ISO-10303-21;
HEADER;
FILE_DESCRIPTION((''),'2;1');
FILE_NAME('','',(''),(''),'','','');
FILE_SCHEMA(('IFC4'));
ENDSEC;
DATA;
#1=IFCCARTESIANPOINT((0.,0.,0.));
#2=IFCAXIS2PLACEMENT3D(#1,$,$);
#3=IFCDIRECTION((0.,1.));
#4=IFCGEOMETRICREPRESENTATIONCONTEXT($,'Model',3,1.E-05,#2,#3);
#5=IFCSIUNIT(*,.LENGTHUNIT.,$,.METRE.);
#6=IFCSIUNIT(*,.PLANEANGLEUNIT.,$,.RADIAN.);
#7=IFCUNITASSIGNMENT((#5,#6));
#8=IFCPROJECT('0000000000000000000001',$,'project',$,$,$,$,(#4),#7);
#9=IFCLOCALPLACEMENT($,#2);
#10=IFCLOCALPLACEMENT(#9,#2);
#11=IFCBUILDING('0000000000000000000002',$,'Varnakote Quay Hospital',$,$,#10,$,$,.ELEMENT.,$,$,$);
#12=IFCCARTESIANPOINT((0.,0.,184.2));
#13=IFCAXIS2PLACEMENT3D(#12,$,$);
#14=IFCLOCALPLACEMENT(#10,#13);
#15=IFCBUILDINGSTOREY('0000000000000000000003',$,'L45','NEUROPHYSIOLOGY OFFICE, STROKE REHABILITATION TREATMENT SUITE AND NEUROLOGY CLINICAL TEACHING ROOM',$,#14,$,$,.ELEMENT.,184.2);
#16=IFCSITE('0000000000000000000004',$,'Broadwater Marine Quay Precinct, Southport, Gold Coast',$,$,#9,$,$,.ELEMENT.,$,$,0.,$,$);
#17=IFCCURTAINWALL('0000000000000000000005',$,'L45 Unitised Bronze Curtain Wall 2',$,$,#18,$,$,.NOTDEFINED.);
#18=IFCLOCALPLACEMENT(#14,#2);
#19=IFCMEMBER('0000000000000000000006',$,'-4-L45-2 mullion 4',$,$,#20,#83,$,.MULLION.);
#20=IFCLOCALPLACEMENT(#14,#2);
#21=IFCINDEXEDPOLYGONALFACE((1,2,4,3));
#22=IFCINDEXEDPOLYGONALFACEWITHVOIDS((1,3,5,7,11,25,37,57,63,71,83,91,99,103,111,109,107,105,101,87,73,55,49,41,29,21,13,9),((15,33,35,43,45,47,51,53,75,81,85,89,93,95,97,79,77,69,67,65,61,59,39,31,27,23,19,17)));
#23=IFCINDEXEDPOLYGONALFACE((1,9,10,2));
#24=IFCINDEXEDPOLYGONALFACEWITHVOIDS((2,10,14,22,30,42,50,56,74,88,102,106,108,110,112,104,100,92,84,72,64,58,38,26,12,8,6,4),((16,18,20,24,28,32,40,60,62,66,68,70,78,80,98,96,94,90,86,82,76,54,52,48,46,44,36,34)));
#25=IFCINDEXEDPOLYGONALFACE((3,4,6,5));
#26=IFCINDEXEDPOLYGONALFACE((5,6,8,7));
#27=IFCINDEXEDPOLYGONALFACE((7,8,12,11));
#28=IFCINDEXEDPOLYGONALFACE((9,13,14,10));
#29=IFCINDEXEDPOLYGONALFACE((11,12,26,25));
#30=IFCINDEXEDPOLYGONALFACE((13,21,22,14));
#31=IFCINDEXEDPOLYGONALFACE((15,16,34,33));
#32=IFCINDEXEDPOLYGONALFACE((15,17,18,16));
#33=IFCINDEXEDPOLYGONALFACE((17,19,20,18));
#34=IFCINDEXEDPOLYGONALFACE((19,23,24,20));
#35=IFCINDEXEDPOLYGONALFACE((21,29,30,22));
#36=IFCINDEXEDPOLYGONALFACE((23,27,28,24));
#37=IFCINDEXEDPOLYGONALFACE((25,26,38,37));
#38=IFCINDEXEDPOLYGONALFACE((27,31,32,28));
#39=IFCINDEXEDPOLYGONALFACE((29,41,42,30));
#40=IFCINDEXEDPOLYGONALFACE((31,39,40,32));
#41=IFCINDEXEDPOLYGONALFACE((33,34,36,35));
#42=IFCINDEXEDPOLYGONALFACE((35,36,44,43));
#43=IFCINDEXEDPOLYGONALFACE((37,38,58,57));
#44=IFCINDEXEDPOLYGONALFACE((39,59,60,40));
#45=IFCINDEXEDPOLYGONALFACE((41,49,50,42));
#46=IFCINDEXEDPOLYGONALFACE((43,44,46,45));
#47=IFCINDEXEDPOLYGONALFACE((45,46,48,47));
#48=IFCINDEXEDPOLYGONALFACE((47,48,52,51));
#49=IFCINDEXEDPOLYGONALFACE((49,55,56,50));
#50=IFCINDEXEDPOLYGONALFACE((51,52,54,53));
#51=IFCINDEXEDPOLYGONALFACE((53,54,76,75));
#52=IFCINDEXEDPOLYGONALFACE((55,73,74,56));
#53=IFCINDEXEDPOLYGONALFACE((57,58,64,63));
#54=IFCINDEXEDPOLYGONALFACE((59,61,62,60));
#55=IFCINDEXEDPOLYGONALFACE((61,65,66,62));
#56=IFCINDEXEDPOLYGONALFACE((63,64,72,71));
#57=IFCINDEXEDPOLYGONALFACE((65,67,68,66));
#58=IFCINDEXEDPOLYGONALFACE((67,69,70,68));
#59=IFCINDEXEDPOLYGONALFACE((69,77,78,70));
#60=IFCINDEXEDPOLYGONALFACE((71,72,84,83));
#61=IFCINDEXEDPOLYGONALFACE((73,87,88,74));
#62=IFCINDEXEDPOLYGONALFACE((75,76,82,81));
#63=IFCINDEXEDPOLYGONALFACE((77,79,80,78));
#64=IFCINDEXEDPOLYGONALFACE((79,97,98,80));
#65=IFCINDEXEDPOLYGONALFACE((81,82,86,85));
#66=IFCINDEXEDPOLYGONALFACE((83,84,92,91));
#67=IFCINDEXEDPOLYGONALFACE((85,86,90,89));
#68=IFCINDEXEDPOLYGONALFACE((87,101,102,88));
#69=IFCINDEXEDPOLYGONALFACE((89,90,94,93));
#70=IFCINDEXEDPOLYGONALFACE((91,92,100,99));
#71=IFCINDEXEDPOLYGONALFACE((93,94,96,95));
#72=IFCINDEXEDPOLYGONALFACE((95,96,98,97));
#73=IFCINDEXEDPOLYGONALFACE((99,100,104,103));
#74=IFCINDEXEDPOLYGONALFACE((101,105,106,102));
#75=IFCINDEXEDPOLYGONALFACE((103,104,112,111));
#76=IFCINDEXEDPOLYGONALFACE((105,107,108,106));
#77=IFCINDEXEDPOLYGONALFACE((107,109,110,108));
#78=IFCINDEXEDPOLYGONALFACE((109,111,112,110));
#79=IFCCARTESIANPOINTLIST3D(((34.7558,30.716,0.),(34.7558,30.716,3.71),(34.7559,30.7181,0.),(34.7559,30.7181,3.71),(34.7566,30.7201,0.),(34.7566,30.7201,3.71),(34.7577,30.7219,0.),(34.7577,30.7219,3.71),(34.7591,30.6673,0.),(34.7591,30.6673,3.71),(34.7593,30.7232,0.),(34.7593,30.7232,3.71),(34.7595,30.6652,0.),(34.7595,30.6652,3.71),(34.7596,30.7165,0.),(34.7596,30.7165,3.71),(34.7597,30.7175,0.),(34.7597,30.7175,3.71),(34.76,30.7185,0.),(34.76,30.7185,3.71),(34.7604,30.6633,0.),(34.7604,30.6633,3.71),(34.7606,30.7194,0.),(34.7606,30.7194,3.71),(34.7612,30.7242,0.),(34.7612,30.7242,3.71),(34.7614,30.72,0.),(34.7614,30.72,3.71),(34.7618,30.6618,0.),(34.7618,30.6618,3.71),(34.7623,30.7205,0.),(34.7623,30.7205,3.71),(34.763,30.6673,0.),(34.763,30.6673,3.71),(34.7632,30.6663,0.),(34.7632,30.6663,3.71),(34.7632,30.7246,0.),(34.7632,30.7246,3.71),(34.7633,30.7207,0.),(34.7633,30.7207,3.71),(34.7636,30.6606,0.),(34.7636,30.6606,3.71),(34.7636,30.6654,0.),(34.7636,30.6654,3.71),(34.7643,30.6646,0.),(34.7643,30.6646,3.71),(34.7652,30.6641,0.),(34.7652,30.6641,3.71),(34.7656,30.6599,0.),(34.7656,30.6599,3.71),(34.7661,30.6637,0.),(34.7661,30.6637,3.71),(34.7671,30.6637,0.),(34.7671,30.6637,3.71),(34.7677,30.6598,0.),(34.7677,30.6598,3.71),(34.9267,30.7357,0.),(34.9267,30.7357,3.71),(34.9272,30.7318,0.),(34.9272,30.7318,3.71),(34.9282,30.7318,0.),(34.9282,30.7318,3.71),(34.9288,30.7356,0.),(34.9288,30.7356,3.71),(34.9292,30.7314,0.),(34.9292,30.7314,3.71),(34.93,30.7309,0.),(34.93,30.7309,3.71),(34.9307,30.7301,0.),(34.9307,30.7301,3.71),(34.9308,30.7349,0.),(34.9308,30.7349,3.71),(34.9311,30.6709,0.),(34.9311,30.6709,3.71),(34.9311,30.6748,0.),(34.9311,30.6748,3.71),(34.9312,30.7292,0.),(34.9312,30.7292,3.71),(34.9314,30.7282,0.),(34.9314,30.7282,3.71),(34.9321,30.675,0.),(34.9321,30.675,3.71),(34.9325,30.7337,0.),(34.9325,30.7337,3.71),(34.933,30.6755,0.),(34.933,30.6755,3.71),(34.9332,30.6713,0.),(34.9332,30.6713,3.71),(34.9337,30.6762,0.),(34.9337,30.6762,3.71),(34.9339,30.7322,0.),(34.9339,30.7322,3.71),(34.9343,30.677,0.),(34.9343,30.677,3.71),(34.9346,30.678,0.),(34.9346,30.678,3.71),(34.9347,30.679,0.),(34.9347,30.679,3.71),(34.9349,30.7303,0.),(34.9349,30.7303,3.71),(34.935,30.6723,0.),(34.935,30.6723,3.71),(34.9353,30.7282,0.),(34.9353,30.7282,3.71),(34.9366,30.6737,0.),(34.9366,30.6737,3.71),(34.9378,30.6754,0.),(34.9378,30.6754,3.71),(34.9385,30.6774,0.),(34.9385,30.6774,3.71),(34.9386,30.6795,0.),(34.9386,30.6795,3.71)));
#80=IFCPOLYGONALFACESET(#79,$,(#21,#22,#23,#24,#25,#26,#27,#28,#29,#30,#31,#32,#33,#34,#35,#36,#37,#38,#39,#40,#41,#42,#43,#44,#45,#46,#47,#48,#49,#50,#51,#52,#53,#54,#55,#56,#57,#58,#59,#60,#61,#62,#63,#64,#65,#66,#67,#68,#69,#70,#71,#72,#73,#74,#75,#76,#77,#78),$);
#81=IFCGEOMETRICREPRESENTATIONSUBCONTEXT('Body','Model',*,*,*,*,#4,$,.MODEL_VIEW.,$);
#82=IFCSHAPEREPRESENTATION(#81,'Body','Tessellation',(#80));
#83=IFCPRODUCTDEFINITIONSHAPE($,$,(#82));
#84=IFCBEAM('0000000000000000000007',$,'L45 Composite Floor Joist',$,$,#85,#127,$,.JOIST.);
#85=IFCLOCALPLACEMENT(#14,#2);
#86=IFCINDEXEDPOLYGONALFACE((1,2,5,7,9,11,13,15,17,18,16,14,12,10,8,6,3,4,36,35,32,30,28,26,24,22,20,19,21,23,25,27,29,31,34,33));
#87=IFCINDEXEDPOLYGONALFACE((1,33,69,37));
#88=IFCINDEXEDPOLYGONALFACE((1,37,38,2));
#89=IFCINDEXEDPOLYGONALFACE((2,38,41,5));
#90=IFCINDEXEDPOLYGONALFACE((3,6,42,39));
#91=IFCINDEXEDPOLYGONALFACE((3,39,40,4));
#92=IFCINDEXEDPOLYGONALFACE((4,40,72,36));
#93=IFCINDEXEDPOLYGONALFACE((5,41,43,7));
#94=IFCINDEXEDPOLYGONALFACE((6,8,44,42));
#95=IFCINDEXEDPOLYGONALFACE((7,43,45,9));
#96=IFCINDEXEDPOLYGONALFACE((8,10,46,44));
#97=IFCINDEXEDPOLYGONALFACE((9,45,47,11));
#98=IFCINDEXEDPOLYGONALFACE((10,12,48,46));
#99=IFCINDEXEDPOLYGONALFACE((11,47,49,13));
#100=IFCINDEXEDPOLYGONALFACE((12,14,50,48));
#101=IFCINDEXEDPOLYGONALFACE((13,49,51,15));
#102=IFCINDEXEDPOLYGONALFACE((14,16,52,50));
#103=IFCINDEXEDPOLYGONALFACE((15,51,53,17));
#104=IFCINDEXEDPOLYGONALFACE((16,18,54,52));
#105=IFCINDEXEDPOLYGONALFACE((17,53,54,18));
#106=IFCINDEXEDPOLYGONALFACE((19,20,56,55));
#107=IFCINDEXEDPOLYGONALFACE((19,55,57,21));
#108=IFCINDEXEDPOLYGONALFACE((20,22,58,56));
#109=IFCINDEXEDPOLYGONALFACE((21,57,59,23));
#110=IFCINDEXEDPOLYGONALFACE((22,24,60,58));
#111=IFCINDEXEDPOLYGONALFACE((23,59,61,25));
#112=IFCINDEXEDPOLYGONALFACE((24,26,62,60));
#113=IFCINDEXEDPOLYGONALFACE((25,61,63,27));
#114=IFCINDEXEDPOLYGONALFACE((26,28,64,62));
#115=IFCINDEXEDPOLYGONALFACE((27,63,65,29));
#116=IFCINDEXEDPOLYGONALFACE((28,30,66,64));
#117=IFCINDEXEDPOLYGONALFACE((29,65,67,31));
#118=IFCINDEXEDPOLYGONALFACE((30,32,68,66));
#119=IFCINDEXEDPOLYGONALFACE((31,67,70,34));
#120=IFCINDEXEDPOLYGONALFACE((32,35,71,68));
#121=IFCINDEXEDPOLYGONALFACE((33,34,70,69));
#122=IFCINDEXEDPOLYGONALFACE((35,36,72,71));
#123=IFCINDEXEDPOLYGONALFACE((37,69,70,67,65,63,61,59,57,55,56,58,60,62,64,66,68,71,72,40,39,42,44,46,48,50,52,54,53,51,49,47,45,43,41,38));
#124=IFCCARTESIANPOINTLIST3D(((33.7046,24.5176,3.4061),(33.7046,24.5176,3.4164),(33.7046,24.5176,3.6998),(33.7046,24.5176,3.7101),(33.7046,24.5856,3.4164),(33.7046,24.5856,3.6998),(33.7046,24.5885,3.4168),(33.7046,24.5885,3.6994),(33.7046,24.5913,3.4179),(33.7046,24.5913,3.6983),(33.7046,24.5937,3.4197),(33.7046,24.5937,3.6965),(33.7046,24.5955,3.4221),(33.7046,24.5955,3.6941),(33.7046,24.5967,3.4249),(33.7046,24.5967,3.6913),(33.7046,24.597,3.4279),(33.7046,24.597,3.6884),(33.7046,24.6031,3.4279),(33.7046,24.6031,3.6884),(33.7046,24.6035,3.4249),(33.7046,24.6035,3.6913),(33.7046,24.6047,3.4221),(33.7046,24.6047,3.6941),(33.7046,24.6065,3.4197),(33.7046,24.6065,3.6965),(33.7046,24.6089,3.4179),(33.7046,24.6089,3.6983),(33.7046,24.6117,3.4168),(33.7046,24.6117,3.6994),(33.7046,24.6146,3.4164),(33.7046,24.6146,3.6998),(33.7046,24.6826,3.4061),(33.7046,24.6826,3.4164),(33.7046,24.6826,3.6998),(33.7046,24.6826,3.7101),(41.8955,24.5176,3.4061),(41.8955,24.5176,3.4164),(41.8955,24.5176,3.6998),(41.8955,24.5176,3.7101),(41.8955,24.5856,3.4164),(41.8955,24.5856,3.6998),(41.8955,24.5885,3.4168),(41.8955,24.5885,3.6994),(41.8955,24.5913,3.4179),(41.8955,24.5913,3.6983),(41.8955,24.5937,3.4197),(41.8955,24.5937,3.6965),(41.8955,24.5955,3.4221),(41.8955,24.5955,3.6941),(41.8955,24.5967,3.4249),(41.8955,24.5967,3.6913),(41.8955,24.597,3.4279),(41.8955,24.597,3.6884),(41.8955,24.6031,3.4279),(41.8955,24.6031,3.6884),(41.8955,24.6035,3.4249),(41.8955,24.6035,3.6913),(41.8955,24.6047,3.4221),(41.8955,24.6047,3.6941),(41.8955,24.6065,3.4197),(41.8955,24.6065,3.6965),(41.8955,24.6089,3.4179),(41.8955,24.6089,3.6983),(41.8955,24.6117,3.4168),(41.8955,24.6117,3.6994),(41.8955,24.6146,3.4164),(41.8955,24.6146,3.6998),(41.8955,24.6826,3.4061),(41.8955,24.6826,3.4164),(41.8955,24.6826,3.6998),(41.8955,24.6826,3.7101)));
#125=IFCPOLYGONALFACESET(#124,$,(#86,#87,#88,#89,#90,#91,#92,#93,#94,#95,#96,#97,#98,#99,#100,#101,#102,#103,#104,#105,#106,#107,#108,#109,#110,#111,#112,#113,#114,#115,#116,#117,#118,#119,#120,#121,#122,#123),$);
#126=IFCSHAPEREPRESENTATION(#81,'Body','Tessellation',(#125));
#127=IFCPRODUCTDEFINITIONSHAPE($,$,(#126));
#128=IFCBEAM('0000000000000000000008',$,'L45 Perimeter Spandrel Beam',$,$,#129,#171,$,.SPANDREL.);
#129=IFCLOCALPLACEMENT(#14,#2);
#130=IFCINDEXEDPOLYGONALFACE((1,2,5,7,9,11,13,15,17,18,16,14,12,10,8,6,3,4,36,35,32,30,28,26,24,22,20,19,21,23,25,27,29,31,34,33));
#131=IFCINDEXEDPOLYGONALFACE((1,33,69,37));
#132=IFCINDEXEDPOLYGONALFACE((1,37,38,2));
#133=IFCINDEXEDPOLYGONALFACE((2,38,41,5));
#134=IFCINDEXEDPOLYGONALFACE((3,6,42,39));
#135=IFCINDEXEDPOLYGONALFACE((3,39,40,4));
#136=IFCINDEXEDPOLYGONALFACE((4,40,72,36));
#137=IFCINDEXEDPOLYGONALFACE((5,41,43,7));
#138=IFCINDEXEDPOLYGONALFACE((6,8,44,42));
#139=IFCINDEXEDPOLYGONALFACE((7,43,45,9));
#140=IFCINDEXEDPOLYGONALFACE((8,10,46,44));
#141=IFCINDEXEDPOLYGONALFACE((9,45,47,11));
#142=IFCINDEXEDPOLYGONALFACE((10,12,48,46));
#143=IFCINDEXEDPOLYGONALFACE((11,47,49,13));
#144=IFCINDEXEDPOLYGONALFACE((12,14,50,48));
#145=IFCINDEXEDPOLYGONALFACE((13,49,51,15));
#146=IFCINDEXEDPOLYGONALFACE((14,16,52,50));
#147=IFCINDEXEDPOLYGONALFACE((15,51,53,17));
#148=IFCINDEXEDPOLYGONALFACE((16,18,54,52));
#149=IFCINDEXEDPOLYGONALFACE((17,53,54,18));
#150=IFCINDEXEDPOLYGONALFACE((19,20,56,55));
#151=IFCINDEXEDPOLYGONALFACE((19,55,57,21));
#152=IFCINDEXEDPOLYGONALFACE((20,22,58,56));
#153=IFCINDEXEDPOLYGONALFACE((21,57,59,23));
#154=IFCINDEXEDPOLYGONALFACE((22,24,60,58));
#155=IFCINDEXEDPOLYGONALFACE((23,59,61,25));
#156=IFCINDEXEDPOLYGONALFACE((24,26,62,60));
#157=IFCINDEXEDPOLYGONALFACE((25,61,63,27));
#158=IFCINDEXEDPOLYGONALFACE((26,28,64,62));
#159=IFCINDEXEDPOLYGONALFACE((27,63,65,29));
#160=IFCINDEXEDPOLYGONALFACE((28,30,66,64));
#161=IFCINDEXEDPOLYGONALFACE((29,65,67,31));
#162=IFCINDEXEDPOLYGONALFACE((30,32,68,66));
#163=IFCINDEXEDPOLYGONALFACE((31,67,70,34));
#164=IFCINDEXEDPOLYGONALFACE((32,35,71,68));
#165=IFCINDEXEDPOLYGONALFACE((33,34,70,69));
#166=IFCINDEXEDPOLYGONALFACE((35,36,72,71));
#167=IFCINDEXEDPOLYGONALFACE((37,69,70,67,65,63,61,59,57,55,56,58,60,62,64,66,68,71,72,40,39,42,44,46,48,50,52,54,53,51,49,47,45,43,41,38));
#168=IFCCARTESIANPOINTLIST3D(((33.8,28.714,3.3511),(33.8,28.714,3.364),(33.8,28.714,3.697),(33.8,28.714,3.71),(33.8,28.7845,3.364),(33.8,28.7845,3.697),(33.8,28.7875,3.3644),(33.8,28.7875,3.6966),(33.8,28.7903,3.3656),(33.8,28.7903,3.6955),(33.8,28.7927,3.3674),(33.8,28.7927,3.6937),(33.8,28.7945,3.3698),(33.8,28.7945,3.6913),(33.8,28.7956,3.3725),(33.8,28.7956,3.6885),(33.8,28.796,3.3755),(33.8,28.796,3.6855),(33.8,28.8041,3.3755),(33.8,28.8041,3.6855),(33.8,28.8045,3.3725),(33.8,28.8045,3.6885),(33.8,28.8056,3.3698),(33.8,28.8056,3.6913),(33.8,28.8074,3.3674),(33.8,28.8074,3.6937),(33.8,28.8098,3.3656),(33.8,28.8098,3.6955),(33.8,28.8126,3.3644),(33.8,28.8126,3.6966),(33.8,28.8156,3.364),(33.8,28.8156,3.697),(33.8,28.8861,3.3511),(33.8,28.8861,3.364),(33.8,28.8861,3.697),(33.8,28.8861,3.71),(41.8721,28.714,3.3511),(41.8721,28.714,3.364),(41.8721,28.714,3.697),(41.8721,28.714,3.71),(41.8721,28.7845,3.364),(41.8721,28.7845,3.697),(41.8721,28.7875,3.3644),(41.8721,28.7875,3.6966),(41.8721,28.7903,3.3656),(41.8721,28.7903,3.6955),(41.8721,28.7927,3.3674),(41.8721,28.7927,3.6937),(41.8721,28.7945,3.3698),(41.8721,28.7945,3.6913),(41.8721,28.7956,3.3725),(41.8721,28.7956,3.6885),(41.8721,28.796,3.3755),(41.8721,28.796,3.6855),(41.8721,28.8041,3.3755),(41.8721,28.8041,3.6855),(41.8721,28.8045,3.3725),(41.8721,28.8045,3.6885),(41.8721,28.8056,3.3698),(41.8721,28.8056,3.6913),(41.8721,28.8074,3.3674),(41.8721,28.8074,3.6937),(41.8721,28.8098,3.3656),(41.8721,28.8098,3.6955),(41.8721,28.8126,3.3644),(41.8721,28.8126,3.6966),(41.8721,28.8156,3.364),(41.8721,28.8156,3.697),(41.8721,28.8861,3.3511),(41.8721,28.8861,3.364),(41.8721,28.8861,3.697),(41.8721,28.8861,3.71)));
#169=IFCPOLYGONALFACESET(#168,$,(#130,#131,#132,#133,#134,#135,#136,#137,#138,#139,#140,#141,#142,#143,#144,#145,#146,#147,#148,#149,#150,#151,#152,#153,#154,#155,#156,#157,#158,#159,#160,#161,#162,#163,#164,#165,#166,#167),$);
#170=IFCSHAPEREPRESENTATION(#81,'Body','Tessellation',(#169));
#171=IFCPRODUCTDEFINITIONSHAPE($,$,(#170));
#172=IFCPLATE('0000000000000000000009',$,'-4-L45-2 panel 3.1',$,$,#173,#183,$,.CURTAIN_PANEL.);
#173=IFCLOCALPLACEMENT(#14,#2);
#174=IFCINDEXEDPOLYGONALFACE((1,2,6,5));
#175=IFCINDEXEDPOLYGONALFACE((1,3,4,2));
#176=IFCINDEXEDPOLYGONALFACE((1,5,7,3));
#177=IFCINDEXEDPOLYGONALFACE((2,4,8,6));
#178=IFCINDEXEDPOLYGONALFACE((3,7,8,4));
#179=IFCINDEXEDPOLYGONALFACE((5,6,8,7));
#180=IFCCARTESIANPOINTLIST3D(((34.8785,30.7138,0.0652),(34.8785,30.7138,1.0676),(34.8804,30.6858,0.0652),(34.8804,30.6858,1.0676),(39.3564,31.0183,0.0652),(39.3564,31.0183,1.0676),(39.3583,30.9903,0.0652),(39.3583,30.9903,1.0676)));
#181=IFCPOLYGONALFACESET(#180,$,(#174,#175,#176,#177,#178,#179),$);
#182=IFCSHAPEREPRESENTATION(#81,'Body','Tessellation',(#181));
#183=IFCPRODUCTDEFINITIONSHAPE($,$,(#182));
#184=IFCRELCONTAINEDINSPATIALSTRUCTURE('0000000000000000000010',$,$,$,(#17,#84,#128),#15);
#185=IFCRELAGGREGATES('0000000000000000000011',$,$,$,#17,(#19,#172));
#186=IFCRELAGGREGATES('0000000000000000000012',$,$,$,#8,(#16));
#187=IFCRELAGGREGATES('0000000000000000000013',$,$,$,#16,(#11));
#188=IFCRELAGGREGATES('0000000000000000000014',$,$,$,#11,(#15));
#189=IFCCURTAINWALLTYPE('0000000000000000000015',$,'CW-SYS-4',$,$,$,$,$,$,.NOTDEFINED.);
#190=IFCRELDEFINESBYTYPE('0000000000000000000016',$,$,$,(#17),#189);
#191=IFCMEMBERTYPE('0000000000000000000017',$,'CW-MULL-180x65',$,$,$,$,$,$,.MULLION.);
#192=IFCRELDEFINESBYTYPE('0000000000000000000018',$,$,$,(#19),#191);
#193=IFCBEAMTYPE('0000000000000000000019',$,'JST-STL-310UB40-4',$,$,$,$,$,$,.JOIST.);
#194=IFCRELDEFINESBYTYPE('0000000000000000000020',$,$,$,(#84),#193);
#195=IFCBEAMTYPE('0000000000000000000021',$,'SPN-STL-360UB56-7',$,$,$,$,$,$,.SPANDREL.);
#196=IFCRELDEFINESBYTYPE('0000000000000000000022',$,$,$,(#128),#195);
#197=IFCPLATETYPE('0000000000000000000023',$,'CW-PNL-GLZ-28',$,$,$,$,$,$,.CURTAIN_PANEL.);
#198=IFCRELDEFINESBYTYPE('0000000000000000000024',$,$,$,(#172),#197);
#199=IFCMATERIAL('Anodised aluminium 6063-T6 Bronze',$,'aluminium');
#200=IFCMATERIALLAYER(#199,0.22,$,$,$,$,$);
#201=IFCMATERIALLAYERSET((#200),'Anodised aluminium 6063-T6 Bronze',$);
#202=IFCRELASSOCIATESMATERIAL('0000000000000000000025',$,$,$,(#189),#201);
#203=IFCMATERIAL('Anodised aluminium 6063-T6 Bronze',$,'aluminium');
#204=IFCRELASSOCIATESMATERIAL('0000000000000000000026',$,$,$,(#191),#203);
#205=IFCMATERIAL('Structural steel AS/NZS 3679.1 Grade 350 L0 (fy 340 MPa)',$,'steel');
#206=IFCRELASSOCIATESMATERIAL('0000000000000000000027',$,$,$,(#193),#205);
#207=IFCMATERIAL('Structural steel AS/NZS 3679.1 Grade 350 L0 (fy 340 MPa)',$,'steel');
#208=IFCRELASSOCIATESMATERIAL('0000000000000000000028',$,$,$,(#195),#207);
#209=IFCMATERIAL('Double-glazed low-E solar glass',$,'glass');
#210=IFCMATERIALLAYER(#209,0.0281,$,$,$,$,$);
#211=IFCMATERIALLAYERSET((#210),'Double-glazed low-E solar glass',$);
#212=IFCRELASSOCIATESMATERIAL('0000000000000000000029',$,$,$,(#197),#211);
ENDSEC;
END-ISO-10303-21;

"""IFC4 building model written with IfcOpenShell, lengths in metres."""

from ifc_helpers import new_model, si_unit, direction, frame, origin, origin_2d, place, context, subcontext, project, spatial, rectangle, hollow_rectangle, i_section, extrude, material, layer, layer_set, material_profile, profile_set, type_object, element, aggregate, save


model = new_model("IFC4")

# Units and contexts
model_context = context("Model", 3, precision=1e-05, world=origin(), true_north=direction((0.0, 1.0)))
body_context = subcontext(model_context, "Body", "Model", "MODEL_VIEW")
ifc_project = project(units=[si_unit("LENGTHUNIT", "METRE"), si_unit("PLANEANGLEUNIT", "RADIAN")], contexts=[model_context])

# Site, building, storey
site_placement = place(None, origin())
site = spatial("IfcSite", under=ifc_project, at=site_placement, Name="Broadwater Marine Quay Precinct, Southport, Gold Coast", CompositionType="ELEMENT", RefElevation=0.0)
building_placement = place(site_placement, origin())
building = spatial("IfcBuilding", under=site, at=building_placement, Name="Varnakote Quay Hospital", CompositionType="ELEMENT")
storey_placement = place(building_placement, frame((0.0, 0.0, 184.2)))
storey = spatial("IfcBuildingStorey", under=building, at=storey_placement, Name="L45", Description="NEUROPHYSIOLOGY OFFICE, STROKE REHABILITATION TREATMENT SUITE AND NEUROLOGY CLINICAL TEACHING ROOM", CompositionType="ELEMENT", Elevation=184.2)

# Curtain wall, member
ifc_material_1 = material(Name="Anodised aluminium 6063-T6 Bronze", Category="aluminium")
ifc_layer_1 = layer(ifc_material_1, 0.22)
ifc_layer_set_1 = layer_set([ifc_layer_1], Name="Anodised aluminium 6063-T6 Bronze")
curtain_wall_type = type_object("IfcCurtainWallType", Name="CW-SYS-4", PredefinedType="NOTDEFINED", material=ifc_layer_set_1)
curtain_wall_placement = place(storey_placement, origin())
curtain_wall = element("IfcCurtainWall", 1, at=curtain_wall_placement, inside=storey, type_object=curtain_wall_type, Name="L45 Unitised Bronze Curtain Wall 2", PredefinedType="NOTDEFINED")
ifc_material_2 = material(Name="Anodised aluminium 6063-T6 Bronze", Category="aluminium")
ifc_material_profile_1 = material_profile(ifc_material_2, hollow_rectangle(XDim=0.0649, YDim=0.1799, WallThickness=0.0039, InnerFilletRadius=0.0039, OuterFilletRadius=0.0081, at=origin_2d()), Name="CW-MULL-180x65")
ifc_profile_set_1 = profile_set([ifc_material_profile_1], Name="Anodised aluminium 6063-T6 Bronze")
member_type = type_object("IfcMemberType", Name="CW-MULL-180x65", PredefinedType="MULLION", material=ifc_profile_set_1)
member_placement = place(storey_placement, frame((34.8472, 30.6978, 0.0), z_axis=(0.0, 0.0, 1.0), x_axis=(0.067842, -0.997696, 0.0)))
member = element("IfcMember", 2, at=member_placement, type_object=member_type, Name="-4-L45-2 mullion 4", PredefinedType="MULLION", context=body_context, shape_type="SweptSolid", body=[
    extrude(hollow_rectangle(XDim=0.0649, YDim=0.1799, WallThickness=0.0039, InnerFilletRadius=0.0039, OuterFilletRadius=0.0081, at=origin_2d()), origin(), (0.0, 0.0, 1.0), 3.71),
])

# Beams
ifc_material_3 = material(Name="Structural steel AS/NZS 3679.1 Grade 350 L0 (fy 340 MPa)", Category="steel")
ifc_material_profile_2 = material_profile(ifc_material_3, i_section(OverallWidth=0.165, OverallDepth=0.304, WebThickness=0.0061, FlangeThickness=0.0103, FilletRadius=0.0115, at=origin_2d()), Name="310UB40.4")
ifc_profile_set_2 = profile_set([ifc_material_profile_2], Name="Structural steel AS/NZS 3679.1 Grade 350 L0 (fy 340 MPa)")
beam_type_1 = type_object("IfcBeamType", Name="JST-STL-310UB40-4", PredefinedType="JOIST", material=ifc_profile_set_2)
beam_1_placement = place(storey_placement, frame((33.7046, 24.6001, 3.5581), z_axis=(1.0, 0.0, 0.0), x_axis=(0.0, 1.0, 0.0)))
element("IfcBeam", 3, at=beam_1_placement, inside=storey, type_object=beam_type_1, Name="L45 Composite Floor Joist", PredefinedType="JOIST", context=body_context, shape_type="SweptSolid", body=[
    extrude(i_section(OverallWidth=0.165, OverallDepth=0.304, WebThickness=0.0061, FlangeThickness=0.0103, FilletRadius=0.0115, at=origin_2d()), origin(), (0.0, 0.0, 1.0), 8.1909),
])
ifc_material_4 = material(Name="Structural steel AS/NZS 3679.1 Grade 350 L0 (fy 340 MPa)", Category="steel")
ifc_material_profile_3 = material_profile(ifc_material_4, i_section(OverallWidth=0.1721, OverallDepth=0.3589, WebThickness=0.0081, FlangeThickness=0.0129, FilletRadius=0.0115, at=origin_2d()), Name="360UB56.7")
ifc_profile_set_3 = profile_set([ifc_material_profile_3], Name="Structural steel AS/NZS 3679.1 Grade 350 L0 (fy 340 MPa)")
beam_type_2 = type_object("IfcBeamType", Name="SPN-STL-360UB56-7", PredefinedType="SPANDREL", material=ifc_profile_set_3)
beam_2_placement = place(storey_placement, frame((33.8, 28.8, 3.5305), z_axis=(1.0, 0.0, 0.0), x_axis=(0.0, 1.0, 0.0)))
element("IfcBeam", 4, at=beam_2_placement, inside=storey, type_object=beam_type_2, Name="L45 Perimeter Spandrel Beam", PredefinedType="SPANDREL", context=body_context, shape_type="SweptSolid", body=[
    extrude(i_section(OverallWidth=0.1721, OverallDepth=0.3589, WebThickness=0.0081, FlangeThickness=0.0129, FilletRadius=0.0115, at=origin_2d()), origin(), (0.0, 0.0, 1.0), 8.072),
])

# Plate
ifc_material_5 = material(Name="Double-glazed low-E solar glass", Category="glass")
ifc_layer_2 = layer(ifc_material_5, 0.0281)
ifc_layer_set_2 = layer_set([ifc_layer_2], Name="Double-glazed low-E solar glass")
plate_type = type_object("IfcPlateType", Name="CW-PNL-GLZ-28", PredefinedType="CURTAIN_PANEL", material=ifc_layer_set_2)
plate_1_placement = place(storey_placement, frame((37.1184, 30.8521, 0.0652), z_axis=(0.0, 0.0, 1.0), x_axis=(-0.997696, -0.067842, 0.0)))
plate_1 = element("IfcPlate", 5, at=plate_1_placement, type_object=plate_type, Name="-4-L45-2 panel 3.1", PredefinedType="CURTAIN_PANEL", context=body_context, shape_type="SweptSolid", body=[
    extrude(rectangle(XDim=4.4883, YDim=0.0281, at=origin_2d()), origin(), (0.0, 0.0, 1.0), 1.0024),
])
aggregate(curtain_wall, [member, plate_1])

save(model, "model.ifc")
